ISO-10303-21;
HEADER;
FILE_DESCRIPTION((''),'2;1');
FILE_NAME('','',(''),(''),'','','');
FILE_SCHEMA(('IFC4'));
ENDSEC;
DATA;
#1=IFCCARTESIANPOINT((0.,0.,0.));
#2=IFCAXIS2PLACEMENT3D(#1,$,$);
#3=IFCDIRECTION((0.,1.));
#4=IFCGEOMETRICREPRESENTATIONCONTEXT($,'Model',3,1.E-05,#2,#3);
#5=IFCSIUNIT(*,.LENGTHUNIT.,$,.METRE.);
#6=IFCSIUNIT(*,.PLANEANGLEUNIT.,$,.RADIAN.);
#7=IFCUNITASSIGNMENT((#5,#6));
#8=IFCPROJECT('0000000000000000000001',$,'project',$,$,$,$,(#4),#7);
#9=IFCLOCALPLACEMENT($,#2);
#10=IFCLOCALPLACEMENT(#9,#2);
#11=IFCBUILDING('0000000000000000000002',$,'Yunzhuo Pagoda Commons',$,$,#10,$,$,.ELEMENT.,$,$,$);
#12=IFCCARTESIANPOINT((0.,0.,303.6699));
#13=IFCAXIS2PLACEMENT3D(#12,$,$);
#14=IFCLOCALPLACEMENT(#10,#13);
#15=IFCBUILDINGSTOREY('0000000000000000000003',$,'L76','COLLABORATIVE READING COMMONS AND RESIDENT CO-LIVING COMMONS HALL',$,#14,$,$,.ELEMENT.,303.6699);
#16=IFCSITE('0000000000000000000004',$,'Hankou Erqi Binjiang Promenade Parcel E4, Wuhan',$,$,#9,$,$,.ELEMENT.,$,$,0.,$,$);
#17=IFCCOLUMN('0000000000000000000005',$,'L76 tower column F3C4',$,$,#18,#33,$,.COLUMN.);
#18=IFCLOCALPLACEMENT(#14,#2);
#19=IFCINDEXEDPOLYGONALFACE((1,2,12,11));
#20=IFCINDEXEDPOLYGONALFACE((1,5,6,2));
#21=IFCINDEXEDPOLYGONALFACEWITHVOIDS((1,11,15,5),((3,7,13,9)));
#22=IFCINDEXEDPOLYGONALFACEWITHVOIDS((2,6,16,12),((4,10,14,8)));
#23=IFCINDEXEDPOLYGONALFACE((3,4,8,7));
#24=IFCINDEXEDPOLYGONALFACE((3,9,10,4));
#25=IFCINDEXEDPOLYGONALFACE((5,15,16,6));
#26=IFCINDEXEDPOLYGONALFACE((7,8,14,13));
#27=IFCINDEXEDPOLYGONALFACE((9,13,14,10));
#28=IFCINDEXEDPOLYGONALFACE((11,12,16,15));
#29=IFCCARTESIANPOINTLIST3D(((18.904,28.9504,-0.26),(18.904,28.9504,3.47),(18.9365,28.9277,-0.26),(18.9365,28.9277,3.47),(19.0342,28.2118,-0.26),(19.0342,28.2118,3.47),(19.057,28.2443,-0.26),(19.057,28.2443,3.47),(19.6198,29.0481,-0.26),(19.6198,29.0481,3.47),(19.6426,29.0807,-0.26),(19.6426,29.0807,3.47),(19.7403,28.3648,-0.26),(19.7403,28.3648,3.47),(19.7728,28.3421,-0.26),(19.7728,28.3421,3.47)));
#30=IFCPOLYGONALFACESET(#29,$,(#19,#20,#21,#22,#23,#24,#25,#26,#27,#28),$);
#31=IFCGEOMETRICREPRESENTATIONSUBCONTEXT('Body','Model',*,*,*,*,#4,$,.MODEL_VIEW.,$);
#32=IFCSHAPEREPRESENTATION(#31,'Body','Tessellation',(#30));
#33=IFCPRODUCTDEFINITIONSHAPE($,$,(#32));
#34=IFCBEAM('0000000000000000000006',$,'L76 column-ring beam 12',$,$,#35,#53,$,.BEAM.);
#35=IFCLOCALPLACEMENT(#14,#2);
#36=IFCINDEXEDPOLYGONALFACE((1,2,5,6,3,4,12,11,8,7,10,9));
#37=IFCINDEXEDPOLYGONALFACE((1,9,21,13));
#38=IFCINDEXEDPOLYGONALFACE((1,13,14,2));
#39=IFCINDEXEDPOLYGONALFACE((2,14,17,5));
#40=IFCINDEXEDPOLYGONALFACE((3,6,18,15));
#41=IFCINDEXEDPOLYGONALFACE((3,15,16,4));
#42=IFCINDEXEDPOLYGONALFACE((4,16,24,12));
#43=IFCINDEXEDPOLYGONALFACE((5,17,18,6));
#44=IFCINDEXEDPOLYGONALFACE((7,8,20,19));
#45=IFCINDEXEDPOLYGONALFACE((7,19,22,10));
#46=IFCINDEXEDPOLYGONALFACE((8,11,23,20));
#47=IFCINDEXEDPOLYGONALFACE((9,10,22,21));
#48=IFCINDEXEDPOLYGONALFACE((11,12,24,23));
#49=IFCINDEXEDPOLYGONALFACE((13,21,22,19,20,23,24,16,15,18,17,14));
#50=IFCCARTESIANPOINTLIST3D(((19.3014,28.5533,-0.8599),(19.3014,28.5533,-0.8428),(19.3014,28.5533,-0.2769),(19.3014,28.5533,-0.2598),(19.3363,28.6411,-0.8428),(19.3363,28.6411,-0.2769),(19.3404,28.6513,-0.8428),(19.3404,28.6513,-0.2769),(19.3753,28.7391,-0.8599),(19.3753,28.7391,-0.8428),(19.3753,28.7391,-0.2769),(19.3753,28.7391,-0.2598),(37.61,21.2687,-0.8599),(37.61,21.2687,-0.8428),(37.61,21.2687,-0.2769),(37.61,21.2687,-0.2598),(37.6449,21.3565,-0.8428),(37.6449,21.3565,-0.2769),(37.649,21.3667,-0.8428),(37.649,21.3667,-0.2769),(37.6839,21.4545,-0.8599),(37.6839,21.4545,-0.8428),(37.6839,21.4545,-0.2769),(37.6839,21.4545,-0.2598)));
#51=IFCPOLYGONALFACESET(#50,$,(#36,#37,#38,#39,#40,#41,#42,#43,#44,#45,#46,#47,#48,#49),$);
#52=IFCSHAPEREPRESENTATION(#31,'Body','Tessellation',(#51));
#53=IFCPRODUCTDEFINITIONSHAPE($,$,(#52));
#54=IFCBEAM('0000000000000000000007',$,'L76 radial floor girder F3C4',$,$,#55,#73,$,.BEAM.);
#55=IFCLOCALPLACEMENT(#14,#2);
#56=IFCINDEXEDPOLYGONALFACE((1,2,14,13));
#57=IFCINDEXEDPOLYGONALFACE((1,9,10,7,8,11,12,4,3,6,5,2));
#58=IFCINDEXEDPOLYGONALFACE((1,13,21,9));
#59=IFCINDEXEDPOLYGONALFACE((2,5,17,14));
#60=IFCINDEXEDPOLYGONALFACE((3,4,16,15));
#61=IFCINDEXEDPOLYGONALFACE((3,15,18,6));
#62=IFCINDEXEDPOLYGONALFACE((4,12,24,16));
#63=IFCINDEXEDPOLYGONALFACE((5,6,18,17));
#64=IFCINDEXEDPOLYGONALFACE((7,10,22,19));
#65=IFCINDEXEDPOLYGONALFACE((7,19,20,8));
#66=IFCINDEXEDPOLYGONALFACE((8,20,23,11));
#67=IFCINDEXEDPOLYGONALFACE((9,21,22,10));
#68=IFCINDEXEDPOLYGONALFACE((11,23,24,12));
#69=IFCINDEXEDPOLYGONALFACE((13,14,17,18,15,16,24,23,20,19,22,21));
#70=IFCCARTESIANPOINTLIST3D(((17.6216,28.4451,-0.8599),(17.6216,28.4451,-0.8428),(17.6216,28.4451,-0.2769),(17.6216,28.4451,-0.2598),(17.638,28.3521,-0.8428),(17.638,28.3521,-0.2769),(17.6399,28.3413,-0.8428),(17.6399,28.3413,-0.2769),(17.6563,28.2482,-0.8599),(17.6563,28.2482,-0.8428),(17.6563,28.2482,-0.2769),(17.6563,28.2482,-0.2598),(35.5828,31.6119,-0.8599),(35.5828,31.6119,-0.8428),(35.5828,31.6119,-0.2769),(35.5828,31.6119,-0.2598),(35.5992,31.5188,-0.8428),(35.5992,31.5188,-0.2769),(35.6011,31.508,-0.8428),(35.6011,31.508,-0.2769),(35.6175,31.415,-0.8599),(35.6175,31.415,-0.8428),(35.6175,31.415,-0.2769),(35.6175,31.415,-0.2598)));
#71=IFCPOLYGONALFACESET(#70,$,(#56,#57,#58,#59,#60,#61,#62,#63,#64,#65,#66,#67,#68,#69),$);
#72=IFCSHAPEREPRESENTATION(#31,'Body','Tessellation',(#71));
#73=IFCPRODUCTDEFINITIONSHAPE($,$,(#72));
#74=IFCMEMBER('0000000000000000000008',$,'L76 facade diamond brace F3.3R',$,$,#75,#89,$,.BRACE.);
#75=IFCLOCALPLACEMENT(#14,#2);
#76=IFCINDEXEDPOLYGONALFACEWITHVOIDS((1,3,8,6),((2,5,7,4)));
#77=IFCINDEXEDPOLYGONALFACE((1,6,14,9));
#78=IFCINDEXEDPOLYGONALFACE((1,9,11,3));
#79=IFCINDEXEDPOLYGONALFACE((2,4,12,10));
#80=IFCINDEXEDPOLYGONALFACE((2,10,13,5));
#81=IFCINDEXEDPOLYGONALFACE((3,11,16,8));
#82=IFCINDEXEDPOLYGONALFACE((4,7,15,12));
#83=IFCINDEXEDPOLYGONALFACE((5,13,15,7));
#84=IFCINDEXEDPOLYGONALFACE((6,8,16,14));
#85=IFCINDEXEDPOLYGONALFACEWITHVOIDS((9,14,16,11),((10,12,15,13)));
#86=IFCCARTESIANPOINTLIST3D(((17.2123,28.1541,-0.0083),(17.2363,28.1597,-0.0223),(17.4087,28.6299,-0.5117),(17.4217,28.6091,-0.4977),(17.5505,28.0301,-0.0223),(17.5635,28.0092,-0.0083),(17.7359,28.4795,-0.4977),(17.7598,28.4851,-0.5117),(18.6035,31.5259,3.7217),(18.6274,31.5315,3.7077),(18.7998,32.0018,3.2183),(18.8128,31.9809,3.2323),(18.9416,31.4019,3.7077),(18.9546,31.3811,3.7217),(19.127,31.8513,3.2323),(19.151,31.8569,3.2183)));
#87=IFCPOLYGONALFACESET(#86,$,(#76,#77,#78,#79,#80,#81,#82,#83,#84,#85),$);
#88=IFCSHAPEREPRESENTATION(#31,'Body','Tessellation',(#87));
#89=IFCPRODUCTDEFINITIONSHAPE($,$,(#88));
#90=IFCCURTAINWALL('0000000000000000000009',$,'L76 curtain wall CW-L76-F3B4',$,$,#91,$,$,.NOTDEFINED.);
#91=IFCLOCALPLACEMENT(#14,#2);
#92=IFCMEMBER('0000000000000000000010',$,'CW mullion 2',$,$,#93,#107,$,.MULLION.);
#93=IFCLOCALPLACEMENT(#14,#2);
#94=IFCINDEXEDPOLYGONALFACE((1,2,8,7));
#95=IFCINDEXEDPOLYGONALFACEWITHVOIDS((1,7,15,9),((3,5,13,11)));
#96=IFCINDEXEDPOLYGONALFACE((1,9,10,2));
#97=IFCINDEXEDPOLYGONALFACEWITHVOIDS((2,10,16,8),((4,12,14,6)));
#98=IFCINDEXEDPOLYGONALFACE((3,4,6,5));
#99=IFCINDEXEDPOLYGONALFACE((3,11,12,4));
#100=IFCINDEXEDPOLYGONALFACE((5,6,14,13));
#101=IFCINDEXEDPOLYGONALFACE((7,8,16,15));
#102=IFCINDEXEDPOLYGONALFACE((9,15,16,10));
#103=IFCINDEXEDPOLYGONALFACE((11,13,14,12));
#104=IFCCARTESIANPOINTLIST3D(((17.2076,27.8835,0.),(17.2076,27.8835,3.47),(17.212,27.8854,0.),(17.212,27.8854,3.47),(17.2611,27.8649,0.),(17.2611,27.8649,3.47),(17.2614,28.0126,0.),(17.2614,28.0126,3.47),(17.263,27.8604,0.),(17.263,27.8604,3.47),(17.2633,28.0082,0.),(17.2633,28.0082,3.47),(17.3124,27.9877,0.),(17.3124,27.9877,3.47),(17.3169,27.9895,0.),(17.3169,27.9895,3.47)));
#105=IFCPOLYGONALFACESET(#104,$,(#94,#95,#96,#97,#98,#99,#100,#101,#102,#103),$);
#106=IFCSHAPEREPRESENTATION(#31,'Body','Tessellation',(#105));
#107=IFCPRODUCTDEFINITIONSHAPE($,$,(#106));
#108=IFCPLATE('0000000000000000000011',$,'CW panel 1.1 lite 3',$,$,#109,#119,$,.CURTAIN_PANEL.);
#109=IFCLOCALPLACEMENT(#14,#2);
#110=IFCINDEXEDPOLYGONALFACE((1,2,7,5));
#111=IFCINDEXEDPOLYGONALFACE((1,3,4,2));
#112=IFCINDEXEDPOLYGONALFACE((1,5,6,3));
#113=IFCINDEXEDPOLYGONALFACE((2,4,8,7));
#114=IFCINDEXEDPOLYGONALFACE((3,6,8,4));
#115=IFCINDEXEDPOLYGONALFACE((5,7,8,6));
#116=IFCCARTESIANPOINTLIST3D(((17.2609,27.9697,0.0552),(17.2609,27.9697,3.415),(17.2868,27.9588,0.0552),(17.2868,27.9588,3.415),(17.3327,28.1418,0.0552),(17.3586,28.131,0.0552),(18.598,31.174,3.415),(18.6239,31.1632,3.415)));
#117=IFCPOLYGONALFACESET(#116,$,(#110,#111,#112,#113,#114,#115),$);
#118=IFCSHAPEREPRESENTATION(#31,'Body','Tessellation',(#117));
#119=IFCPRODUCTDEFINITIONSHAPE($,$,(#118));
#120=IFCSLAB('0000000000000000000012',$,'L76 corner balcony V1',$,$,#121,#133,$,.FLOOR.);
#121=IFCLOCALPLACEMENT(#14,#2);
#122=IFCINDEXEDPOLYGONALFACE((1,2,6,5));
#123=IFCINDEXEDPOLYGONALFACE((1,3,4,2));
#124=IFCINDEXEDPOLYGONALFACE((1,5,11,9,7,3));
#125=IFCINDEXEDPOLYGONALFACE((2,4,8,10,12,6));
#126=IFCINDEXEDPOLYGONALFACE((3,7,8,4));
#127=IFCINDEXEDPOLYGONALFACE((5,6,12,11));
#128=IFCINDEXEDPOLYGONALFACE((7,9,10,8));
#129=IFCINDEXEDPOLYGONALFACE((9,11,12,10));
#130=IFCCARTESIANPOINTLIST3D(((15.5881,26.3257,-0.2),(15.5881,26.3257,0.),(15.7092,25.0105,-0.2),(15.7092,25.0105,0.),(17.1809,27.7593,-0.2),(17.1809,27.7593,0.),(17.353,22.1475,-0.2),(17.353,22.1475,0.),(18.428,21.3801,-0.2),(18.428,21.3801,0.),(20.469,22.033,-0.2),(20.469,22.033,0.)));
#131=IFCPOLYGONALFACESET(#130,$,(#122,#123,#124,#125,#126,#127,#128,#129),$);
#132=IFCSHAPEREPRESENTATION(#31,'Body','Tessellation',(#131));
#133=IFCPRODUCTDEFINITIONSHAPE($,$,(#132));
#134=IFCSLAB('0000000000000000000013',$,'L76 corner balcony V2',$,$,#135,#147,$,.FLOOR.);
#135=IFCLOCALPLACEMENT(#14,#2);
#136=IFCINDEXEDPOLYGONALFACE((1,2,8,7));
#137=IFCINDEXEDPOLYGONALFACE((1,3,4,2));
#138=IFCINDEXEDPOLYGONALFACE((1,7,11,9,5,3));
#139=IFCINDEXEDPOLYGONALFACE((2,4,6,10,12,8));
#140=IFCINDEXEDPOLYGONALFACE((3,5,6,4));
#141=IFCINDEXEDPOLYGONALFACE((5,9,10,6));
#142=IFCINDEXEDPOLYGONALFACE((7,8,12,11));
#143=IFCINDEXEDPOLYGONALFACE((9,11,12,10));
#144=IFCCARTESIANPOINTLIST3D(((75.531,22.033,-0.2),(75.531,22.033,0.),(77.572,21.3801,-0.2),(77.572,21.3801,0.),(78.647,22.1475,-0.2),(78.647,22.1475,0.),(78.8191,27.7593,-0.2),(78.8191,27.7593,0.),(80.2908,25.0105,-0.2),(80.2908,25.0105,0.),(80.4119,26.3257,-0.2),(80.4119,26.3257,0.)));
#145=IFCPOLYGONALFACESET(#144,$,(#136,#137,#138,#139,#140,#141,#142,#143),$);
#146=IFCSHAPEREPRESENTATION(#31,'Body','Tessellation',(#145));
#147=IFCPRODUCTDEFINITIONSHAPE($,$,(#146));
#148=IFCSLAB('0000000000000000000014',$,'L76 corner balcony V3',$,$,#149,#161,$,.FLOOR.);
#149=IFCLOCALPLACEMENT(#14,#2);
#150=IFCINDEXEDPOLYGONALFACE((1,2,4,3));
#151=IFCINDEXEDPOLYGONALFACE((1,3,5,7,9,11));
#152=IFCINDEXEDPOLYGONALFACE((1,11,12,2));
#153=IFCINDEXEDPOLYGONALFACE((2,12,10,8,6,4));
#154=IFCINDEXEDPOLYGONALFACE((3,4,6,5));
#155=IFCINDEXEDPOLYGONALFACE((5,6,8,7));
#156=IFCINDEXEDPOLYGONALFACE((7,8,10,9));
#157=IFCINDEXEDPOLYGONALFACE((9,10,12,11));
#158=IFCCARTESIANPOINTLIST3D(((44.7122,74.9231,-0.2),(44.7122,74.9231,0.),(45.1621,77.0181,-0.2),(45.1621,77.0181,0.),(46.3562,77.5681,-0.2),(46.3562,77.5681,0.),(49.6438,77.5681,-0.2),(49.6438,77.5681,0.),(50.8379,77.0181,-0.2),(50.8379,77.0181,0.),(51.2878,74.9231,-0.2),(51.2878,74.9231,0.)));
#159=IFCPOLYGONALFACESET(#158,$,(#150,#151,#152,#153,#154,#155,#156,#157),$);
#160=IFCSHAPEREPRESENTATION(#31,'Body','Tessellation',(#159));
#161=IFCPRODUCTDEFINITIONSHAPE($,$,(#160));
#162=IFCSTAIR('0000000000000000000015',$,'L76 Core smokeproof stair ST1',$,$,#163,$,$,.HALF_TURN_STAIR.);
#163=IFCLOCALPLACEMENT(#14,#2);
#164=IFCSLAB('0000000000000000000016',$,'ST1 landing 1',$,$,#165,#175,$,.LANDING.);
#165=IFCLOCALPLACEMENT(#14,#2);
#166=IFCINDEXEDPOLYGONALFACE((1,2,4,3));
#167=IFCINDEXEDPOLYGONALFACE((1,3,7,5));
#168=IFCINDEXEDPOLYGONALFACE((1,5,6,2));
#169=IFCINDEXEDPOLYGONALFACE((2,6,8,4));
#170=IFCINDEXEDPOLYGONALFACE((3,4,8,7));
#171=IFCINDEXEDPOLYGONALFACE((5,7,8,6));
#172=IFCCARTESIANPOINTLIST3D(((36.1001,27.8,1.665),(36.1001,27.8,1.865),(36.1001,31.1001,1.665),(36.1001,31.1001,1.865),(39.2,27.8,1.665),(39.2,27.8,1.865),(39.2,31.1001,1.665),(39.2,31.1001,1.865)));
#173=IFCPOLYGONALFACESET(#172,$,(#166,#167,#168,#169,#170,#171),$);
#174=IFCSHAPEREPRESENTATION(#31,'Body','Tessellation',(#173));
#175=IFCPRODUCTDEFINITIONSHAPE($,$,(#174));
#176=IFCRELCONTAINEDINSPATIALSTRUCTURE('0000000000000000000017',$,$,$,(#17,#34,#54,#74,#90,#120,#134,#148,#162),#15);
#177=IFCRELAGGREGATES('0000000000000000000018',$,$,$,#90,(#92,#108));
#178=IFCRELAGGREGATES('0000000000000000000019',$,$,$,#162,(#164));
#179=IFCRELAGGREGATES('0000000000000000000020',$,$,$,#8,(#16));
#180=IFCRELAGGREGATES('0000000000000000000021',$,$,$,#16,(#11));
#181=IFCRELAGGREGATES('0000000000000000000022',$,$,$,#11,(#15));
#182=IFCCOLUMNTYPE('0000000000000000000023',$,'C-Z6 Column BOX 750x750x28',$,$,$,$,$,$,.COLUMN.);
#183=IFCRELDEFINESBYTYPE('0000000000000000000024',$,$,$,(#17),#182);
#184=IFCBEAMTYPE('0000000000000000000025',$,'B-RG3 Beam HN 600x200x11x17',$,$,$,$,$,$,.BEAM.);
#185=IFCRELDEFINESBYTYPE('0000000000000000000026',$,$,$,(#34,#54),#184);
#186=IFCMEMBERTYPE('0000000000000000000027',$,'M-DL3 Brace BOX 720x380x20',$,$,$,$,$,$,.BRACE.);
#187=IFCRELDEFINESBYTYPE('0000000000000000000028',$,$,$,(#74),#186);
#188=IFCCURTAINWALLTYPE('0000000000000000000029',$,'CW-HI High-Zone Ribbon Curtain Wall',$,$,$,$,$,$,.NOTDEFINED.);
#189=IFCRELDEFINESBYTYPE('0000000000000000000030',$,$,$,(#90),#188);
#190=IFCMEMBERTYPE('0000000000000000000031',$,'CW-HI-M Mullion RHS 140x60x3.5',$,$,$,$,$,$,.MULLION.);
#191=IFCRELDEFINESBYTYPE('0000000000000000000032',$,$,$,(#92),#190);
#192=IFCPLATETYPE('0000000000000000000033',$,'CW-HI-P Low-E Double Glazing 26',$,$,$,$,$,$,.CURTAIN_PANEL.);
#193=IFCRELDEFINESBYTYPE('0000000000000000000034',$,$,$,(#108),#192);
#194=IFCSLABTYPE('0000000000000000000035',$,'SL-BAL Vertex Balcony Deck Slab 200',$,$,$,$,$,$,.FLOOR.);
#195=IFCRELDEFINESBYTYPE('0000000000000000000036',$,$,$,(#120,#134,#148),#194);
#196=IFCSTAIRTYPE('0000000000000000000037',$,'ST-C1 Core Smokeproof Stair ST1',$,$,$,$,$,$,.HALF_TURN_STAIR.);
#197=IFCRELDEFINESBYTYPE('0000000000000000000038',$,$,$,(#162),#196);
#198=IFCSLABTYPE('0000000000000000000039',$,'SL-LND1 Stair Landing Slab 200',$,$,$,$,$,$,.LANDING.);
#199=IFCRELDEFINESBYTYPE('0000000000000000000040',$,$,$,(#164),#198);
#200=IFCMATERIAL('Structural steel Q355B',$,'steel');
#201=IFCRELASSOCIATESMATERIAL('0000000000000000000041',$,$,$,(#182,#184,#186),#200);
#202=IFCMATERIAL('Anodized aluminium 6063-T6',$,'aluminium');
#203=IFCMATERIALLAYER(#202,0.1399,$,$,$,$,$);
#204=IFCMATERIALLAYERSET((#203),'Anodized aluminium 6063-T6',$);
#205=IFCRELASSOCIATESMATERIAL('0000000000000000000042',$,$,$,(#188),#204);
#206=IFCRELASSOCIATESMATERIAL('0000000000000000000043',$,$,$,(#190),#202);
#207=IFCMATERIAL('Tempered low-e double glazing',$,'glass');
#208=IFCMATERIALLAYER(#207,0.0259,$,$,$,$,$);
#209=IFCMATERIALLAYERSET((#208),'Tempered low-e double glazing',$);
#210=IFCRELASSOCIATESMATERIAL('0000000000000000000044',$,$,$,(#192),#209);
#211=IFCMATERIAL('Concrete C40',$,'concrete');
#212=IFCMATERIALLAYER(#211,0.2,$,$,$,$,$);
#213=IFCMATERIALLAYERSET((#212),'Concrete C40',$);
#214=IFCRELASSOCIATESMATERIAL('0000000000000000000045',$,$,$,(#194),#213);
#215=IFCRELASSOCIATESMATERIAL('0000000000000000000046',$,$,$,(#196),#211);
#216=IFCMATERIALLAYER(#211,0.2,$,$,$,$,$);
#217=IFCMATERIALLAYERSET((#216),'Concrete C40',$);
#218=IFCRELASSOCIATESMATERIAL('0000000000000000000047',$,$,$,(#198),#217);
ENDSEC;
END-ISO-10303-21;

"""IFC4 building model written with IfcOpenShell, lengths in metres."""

from ifc_helpers import new_model, si_unit, direction, frame, origin, origin_2d, place, context, subcontext, project, spatial, polyline, hollow_rectangle, i_section, outline, extrude, source, transform, mapped, material, layer, layer_set, material_profile, profile_set, type_object, element, aggregate, save


model = new_model("IFC4")

# Units and contexts
model_context = context("Model", 3, precision=1e-05, world=origin(), true_north=direction((0.0, 1.0)))
body_context = subcontext(model_context, "Body", "Model", "MODEL_VIEW")
ifc_project = project(units=[si_unit("LENGTHUNIT", "METRE"), si_unit("PLANEANGLEUNIT", "RADIAN")], contexts=[model_context])

# Site, building, storey
site_placement = place(None, origin())
site = spatial("IfcSite", under=ifc_project, at=site_placement, Name="Hankou Erqi Binjiang Promenade Parcel E4, Wuhan", CompositionType="ELEMENT", RefElevation=0.0)
building_placement = place(site_placement, origin())
building = spatial("IfcBuilding", under=site, at=building_placement, Name="Yunzhuo Pagoda Commons", CompositionType="ELEMENT")
storey_placement = place(building_placement, frame((0.0, 0.0, 303.6699)))
storey = spatial("IfcBuildingStorey", under=building, at=storey_placement, Name="L76", Description="COLLABORATIVE READING COMMONS AND RESIDENT CO-LIVING COMMONS HALL", CompositionType="ELEMENT", Elevation=303.6699)

# Column
ifc_material_1 = material(Name="Structural steel Q355B", Category="steel")
ifc_material_profile_1 = material_profile(ifc_material_1, hollow_rectangle(XDim=0.75, YDim=0.75, WallThickness=0.0281, at=origin_2d()), Name="Structural steel Q355B")
ifc_profile_set_1 = profile_set([ifc_material_profile_1], Name="Structural steel Q355B")
column_type = type_object("IfcColumnType", Name="C-Z6 Column BOX 750x750x28", PredefinedType="COLUMN", material=ifc_profile_set_1)
shared_shape_1 = source(origin(), body_context, "Body", "SweptSolid", [
    extrude(hollow_rectangle(XDim=0.75, YDim=0.75, WallThickness=0.0281, at=origin_2d()), origin(), (0.0, 0.0, 1.0), 3.73),
])
column_placement = place(storey_placement, frame((19.3384, 28.6462, -0.26), z_axis=(0.0, 0.0, 1.0), x_axis=(0.173648, -0.984808, 0.0)))
element("IfcColumn", 1, at=column_placement, inside=storey, type_object=column_type, Name="L76 tower column F3C4", PredefinedType="COLUMN", context=body_context, shape_type="MappedRepresentation", body=[
    mapped(shared_shape_1, transform((0.0, 0.0, 0.0), scale=1.0)),
])

# Beams
ifc_material_profile_2 = material_profile(ifc_material_1, i_section(OverallWidth=0.2, OverallDepth=0.6001, WebThickness=0.011, FlangeThickness=0.0171, at=origin_2d()), Name="Structural steel Q355B")
ifc_profile_set_2 = profile_set([ifc_material_profile_2], Name="Structural steel Q355B")
beam_type = type_object("IfcBeamType", Name="B-RG3 Beam HN 600x200x11x17", PredefinedType="BEAM", material=ifc_profile_set_2)
shared_shape_2 = source(origin(), body_context, "Body", "SweptSolid", [
    extrude(i_section(OverallWidth=0.2, OverallDepth=0.6001, WebThickness=0.011, FlangeThickness=0.0171, at=origin_2d()), origin(), (0.0, 0.0, 1.0), 19.7046),
])
beam_1_placement = place(storey_placement, frame((19.3384, 28.6462, -0.5598), z_axis=(0.929154, -0.369694, 0.0), x_axis=(0.369694, 0.929154, 0.0)))
element("IfcBeam", 2, at=beam_1_placement, inside=storey, type_object=beam_type, Name="L76 column-ring beam 12", PredefinedType="BEAM", context=body_context, shape_type="MappedRepresentation", body=[
    mapped(shared_shape_2, transform((0.0, 0.0, 0.0), scale=1.0)),
])
shared_shape_3 = source(origin(), body_context, "Body", "SweptSolid", [
    extrude(i_section(OverallWidth=0.2, OverallDepth=0.6001, WebThickness=0.011, FlangeThickness=0.0171, at=origin_2d()), origin(), (0.0, 0.0, 1.0), 18.2383),
])
beam_2_placement = place(storey_placement, frame((17.6389, 28.3467, -0.5598), z_axis=(0.98481, 0.173633, 0.0), x_axis=(-0.173633, 0.98481, 0.0)))
element("IfcBeam", 3, at=beam_2_placement, inside=storey, type_object=beam_type, Name="L76 radial floor girder F3C4", PredefinedType="BEAM", context=body_context, shape_type="MappedRepresentation", body=[
    mapped(shared_shape_3, transform((0.0, 0.0, 0.0), scale=1.0)),
])

# Member
ifc_material_profile_3 = material_profile(ifc_material_1, hollow_rectangle(XDim=0.3799, YDim=0.72, WallThickness=0.02, at=origin_2d()), Name="Structural steel Q355B")
ifc_profile_set_3 = profile_set([ifc_material_profile_3], Name="Structural steel Q355B")
member_type_1 = type_object("IfcMemberType", Name="M-DL3 Brace BOX 720x380x20", PredefinedType="BRACE", material=ifc_profile_set_3)
shared_shape_4 = source(origin(), body_context, "Body", "SweptSolid", [
    extrude(hollow_rectangle(XDim=0.3799, YDim=0.72, WallThickness=0.02, at=origin_2d()), origin(), (0.0, 0.0, 1.0), 5.217),
])
member_1_placement = place(storey_placement, frame((17.4861, 28.3196, -0.26), z_axis=(0.26665, 0.646314, 0.714966), x_axis=(-0.924416, 0.381386, 0.0)))
element("IfcMember", 4, at=member_1_placement, inside=storey, type_object=member_type_1, Name="L76 facade diamond brace F3.3R", PredefinedType="BRACE", context=body_context, shape_type="MappedRepresentation", body=[
    mapped(shared_shape_4, transform((0.0, 0.0, 0.0), scale=1.0)),
])

# Curtain wall, member, plate
ifc_material_2 = material(Name="Anodized aluminium 6063-T6", Category="aluminium")
ifc_layer_1 = layer(ifc_material_2, 0.1399)
ifc_layer_set_1 = layer_set([ifc_layer_1], Name="Anodized aluminium 6063-T6")
curtain_wall_type = type_object("IfcCurtainWallType", Name="CW-HI High-Zone Ribbon Curtain Wall", PredefinedType="NOTDEFINED", material=ifc_layer_set_1)
curtain_wall_placement = place(storey_placement, origin())
curtain_wall = element("IfcCurtainWall", 5, at=curtain_wall_placement, inside=storey, type_object=curtain_wall_type, Name="L76 curtain wall CW-L76-F3B4", PredefinedType="NOTDEFINED")
ifc_material_profile_4 = material_profile(ifc_material_2, hollow_rectangle(XDim=0.0601, YDim=0.1399, WallThickness=0.0034, at=origin_2d()), Name="Anodized aluminium 6063-T6")
ifc_profile_set_4 = profile_set([ifc_material_profile_4], Name="Anodized aluminium 6063-T6")
member_type_2 = type_object("IfcMemberType", Name="CW-HI-M Mullion RHS 140x60x3.5", PredefinedType="MULLION", material=ifc_profile_set_4)
shared_shape_5 = source(origin(), body_context, "Body", "SweptSolid", [
    extrude(hollow_rectangle(XDim=0.0601, YDim=0.1399, WallThickness=0.0034, at=origin_2d()), origin(), (0.0, 0.0, 1.0), 3.47),
])
member_2_placement = place(storey_placement, frame((17.2622, 27.9365, 0.0), z_axis=(0.0, 0.0, 1.0), x_axis=(0.922876, -0.385097, 0.0)))
member_2 = element("IfcMember", 6, at=member_2_placement, type_object=member_type_2, Name="CW mullion 2", PredefinedType="MULLION", context=body_context, shape_type="MappedRepresentation", body=[
    mapped(shared_shape_5, transform((0.0, 0.0, 0.0), scale=1.0)),
])
ifc_material_3 = material(Name="Tempered low-e double glazing", Category="glass")
ifc_layer_2 = layer(ifc_material_3, 0.0259)
ifc_layer_set_2 = layer_set([ifc_layer_2], Name="Tempered low-e double glazing")
plate_type_1 = type_object("IfcPlateType", Name="CW-HI-P Low-E Double Glazing 26", PredefinedType="CURTAIN_PANEL", material=ifc_layer_set_2)
plate_1_placement = place(storey_placement, frame((17.9553, 29.561, 1.7351), z_axis=(-0.922876, 0.385097, 0.0), x_axis=(-0.385097, -0.922876, 0.0)))
plate_1 = element("IfcPlate", 7, at=plate_1_placement, type_object=plate_type_1, Name="CW panel 1.1 lite 3", PredefinedType="CURTAIN_PANEL", context=body_context, shape_type="SweptSolid", body=[
    extrude(outline(polyline([(-1.7361, 1.6799), (1.5496, -1.6799), (1.7361, -1.6799), (1.7361, 1.6799), (-1.7361, 1.6799)])), origin(), (0.0, 0.0, 1.0), 0.0281),
])
aggregate(curtain_wall, [member_2, plate_1])

# Slabs
ifc_material_4 = material(Name="Concrete C40", Category="concrete")
ifc_layer_3 = layer(ifc_material_4, 0.2)
ifc_layer_set_3 = layer_set([ifc_layer_3], Name="Concrete C40")
slab_type_1 = type_object("IfcSlabType", Name="SL-BAL Vertex Balcony Deck Slab 200", PredefinedType="FLOOR", material=ifc_layer_set_3)
slab_1_placement = place(storey_placement, frame((0.0, 0.0, -0.2)))
element("IfcSlab", 8, at=slab_1_placement, inside=storey, type_object=slab_type_1, Name="L76 corner balcony V1", PredefinedType="FLOOR", context=body_context, shape_type="SweptSolid", body=[
    extrude(outline(polyline([(17.1809, 27.7593), (20.469, 22.033), (18.428, 21.3801), (17.353, 22.1475), (15.7092, 25.0105), (15.5881, 26.3257), (17.1809, 27.7593)])), origin(), (0.0, 0.0, 1.0), 0.2),
])
slab_2_placement = place(storey_placement, frame((0.0, 0.0, -0.2)))
element("IfcSlab", 9, at=slab_2_placement, inside=storey, type_object=slab_type_1, Name="L76 corner balcony V2", PredefinedType="FLOOR", context=body_context, shape_type="SweptSolid", body=[
    extrude(outline(polyline([(75.531, 22.033), (78.8191, 27.7593), (80.4119, 26.3257), (80.2908, 25.0105), (78.647, 22.1475), (77.572, 21.3801), (75.531, 22.033)])), origin(), (0.0, 0.0, 1.0), 0.2),
])
slab_3_placement = place(storey_placement, frame((0.0, 0.0, -0.2)))
element("IfcSlab", 10, at=slab_3_placement, inside=storey, type_object=slab_type_1, Name="L76 corner balcony V3", PredefinedType="FLOOR", context=body_context, shape_type="SweptSolid", body=[
    extrude(outline(polyline([(51.2878, 74.9231), (44.7122, 74.9231), (45.1621, 77.0181), (46.3562, 77.5681), (49.6438, 77.5681), (50.8379, 77.0181), (51.2878, 74.9231)])), origin(), (0.0, 0.0, 1.0), 0.2),
])

# Stair, slab
stair_type_1 = type_object("IfcStairType", Name="ST-C1 Core Smokeproof Stair ST1", PredefinedType="HALF_TURN_STAIR", material=ifc_material_4)
stair_1_placement = place(storey_placement, origin())
stair_1 = element("IfcStair", 11, at=stair_1_placement, inside=storey, type_object=stair_type_1, Name="L76 Core smokeproof stair ST1", PredefinedType="HALF_TURN_STAIR")
ifc_layer_4 = layer(ifc_material_4, 0.2)
ifc_layer_set_4 = layer_set([ifc_layer_4], Name="Concrete C40")
slab_type_2 = type_object("IfcSlabType", Name="SL-LND1 Stair Landing Slab 200", PredefinedType="LANDING", material=ifc_layer_set_4)
slab_4_placement = place(storey_placement, frame((0.0, 0.0, 1.665)))
slab_4 = element("IfcSlab", 12, at=slab_4_placement, type_object=slab_type_2, Name="ST1 landing 1", PredefinedType="LANDING", context=body_context, shape_type="SweptSolid", body=[
    extrude(outline(polyline([(36.1001, 31.1001), (36.1001, 27.8), (39.2, 27.8), (39.2, 31.1001), (36.1001, 31.1001)])), origin(), (0.0, 0.0, 1.0), 0.2),
])
aggregate(stair_1, [slab_4])

save(model, "model.ifc")
